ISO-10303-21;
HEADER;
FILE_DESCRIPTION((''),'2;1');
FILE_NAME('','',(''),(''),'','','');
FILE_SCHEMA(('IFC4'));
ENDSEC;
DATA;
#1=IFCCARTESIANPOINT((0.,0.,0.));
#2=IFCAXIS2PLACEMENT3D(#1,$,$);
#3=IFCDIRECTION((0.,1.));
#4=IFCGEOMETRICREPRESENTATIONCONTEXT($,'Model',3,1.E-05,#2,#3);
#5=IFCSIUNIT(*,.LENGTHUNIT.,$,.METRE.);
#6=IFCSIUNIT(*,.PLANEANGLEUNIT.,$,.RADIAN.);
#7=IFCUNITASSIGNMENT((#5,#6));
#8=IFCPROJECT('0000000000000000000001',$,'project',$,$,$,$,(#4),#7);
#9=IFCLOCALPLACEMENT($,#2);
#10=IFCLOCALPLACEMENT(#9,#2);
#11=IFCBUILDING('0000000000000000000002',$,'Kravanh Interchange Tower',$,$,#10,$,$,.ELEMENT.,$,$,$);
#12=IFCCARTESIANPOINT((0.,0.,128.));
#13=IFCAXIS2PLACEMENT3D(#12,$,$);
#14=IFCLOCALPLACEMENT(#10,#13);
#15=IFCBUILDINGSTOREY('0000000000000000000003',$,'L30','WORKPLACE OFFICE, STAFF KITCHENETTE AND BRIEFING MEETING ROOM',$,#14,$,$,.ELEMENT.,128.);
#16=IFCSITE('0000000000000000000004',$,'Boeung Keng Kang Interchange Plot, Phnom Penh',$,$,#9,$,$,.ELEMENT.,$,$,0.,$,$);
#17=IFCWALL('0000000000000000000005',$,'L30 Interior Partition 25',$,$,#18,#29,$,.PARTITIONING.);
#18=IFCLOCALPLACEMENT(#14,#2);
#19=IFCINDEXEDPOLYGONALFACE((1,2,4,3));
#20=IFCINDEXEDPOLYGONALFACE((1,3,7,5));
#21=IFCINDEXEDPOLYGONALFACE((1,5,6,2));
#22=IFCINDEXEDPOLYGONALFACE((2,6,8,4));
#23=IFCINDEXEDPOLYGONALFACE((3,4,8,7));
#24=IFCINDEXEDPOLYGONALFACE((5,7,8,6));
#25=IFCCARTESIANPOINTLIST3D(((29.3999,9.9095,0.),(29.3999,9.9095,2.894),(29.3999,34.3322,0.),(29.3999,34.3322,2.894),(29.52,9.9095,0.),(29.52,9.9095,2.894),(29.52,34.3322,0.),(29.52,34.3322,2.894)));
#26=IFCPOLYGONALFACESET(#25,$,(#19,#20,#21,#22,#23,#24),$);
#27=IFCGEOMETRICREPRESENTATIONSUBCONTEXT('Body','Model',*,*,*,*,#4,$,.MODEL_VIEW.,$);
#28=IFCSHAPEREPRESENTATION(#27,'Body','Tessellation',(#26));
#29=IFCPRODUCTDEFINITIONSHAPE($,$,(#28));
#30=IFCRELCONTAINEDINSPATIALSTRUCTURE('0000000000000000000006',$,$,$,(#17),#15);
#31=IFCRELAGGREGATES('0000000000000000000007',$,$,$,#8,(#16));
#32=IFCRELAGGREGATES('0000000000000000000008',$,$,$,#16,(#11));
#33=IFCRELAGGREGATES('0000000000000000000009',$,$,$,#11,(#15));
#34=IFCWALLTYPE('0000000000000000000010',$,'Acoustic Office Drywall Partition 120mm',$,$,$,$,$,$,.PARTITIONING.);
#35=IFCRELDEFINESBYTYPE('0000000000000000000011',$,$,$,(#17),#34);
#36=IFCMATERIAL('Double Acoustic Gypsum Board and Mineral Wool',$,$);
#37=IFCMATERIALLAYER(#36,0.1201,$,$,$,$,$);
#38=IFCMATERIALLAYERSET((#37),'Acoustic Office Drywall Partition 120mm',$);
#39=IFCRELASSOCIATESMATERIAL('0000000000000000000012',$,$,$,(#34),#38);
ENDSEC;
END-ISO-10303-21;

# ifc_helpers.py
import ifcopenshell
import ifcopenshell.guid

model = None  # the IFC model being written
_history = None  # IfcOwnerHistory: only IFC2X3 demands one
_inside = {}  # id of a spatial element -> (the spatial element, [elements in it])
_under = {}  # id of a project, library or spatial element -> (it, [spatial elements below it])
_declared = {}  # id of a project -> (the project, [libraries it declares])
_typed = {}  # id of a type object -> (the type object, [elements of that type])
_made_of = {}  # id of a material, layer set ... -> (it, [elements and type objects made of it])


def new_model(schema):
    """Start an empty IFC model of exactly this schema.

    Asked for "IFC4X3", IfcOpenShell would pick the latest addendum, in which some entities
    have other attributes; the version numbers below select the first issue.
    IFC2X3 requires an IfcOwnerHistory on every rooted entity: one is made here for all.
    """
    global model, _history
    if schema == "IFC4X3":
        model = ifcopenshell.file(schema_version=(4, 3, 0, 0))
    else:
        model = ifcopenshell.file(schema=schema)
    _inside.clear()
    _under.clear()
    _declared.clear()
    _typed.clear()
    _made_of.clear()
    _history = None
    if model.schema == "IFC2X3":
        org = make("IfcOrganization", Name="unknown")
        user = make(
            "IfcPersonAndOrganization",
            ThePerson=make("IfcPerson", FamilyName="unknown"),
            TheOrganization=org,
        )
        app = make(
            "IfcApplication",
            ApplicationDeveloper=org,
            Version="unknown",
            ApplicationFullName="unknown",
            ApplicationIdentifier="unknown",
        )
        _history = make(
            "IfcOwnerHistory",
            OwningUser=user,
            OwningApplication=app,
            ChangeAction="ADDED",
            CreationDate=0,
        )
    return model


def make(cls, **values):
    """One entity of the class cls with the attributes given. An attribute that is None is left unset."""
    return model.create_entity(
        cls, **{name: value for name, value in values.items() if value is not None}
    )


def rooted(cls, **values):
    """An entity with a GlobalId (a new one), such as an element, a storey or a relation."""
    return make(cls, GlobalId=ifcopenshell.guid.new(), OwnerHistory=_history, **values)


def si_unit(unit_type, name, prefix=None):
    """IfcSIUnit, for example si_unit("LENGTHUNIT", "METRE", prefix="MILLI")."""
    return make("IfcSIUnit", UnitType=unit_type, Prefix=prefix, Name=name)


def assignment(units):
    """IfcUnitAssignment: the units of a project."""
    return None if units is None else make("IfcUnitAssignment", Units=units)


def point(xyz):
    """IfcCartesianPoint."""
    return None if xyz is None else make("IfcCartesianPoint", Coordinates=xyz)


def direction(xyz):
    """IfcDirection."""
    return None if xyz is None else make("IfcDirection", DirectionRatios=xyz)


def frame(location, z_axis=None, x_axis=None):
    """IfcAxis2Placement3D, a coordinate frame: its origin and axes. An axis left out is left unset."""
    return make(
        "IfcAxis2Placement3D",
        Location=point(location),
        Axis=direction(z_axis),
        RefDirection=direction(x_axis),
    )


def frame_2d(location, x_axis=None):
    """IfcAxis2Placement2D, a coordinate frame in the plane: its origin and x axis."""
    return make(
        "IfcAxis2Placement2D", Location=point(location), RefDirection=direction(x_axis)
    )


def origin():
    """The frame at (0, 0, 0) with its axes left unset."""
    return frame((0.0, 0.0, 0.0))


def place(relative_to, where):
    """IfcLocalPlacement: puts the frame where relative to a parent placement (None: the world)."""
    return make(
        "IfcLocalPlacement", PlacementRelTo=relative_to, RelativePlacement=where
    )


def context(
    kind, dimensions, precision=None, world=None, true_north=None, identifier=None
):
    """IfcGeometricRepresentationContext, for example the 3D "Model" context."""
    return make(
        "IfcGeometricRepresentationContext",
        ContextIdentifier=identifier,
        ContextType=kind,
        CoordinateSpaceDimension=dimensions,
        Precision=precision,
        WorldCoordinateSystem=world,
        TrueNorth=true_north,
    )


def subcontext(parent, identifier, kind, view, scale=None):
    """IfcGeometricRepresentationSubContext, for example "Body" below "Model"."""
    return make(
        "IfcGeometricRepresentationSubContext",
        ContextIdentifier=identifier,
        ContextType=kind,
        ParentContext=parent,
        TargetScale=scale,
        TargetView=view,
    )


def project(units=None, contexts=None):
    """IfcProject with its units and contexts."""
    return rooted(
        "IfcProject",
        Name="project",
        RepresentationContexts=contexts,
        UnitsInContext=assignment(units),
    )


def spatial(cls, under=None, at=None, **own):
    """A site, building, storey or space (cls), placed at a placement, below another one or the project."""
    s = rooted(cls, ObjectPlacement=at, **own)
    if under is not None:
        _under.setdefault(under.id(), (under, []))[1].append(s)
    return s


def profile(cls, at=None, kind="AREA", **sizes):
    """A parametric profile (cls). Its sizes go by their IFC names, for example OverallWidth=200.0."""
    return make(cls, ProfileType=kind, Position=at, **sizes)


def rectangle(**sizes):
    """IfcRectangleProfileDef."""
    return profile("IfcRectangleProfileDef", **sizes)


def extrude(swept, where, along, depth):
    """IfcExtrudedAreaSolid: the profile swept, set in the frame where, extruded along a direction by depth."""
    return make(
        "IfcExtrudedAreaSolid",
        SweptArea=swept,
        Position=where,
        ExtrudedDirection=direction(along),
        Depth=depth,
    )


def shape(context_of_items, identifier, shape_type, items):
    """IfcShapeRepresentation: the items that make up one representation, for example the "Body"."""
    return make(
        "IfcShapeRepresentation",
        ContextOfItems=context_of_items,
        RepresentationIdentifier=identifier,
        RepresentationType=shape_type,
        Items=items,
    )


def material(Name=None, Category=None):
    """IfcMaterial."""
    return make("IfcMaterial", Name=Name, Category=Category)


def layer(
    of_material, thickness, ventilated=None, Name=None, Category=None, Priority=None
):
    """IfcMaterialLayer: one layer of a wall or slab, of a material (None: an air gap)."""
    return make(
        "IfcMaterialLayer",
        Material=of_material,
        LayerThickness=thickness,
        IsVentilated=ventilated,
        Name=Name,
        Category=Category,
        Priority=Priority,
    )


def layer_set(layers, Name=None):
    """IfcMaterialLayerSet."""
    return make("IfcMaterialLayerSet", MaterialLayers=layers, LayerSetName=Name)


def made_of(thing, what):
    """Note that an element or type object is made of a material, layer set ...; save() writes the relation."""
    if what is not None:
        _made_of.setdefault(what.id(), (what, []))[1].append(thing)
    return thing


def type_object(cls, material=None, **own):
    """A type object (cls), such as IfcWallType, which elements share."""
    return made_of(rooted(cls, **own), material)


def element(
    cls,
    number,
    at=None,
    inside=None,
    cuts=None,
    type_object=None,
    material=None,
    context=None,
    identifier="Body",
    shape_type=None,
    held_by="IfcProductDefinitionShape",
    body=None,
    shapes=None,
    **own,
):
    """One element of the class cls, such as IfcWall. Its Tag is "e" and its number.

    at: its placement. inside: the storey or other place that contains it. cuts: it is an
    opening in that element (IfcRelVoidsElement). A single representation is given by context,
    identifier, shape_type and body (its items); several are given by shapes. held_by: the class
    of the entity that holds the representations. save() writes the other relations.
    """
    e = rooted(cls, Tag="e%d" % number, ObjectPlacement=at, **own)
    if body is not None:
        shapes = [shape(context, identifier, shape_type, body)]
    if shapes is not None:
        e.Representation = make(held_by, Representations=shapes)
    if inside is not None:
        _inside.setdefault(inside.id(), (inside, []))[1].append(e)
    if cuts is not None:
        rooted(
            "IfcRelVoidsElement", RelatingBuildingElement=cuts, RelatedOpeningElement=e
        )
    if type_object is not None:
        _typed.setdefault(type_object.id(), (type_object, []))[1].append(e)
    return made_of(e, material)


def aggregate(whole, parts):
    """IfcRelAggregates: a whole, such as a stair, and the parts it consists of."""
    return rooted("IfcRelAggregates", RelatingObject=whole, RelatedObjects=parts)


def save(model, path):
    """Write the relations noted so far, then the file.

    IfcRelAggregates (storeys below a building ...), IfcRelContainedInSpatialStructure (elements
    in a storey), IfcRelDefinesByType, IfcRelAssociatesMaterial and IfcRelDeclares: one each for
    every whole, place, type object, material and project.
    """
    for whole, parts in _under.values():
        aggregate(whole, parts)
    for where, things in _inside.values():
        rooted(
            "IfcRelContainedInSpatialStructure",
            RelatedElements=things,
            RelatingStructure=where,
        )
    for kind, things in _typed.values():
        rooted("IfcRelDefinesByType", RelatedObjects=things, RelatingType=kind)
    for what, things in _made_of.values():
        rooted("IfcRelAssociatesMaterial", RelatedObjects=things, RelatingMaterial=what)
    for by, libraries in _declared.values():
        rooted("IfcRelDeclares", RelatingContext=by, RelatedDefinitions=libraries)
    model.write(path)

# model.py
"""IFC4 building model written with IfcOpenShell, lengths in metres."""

from ifc_helpers import new_model, si_unit, direction, frame, frame_2d, origin, place, context, subcontext, project, spatial, rectangle, extrude, material, layer, layer_set, type_object, element, save


model = new_model("IFC4")

# Units and contexts
model_context = context("Model", 3, precision=1e-05, world=origin(), true_north=direction((0.0, 1.0)))
body_context = subcontext(model_context, "Body", "Model", "MODEL_VIEW")
ifc_project = project(units=[si_unit("LENGTHUNIT", "METRE"), si_unit("PLANEANGLEUNIT", "RADIAN")], contexts=[model_context])

# Site, building, storey
site_placement = place(None, origin())
site = spatial("IfcSite", under=ifc_project, at=site_placement, Name="Boeung Keng Kang Interchange Plot, Phnom Penh", CompositionType="ELEMENT", RefElevation=0.0)
building_placement = place(site_placement, origin())
building = spatial("IfcBuilding", under=site, at=building_placement, Name="Kravanh Interchange Tower", CompositionType="ELEMENT")
storey_placement = place(building_placement, frame((0.0, 0.0, 128.0)))
storey = spatial("IfcBuildingStorey", under=building, at=storey_placement, Name="L30", Description="WORKPLACE OFFICE, STAFF KITCHENETTE AND BRIEFING MEETING ROOM", CompositionType="ELEMENT", Elevation=128.0)

# Wall
ifc_material_1 = material(Name="Double Acoustic Gypsum Board and Mineral Wool")
ifc_layer_1 = layer(ifc_material_1, 0.1201)
ifc_layer_set_1 = layer_set([ifc_layer_1], Name="Acoustic Office Drywall Partition 120mm")
wall_type = type_object("IfcWallType", Name="Acoustic Office Drywall Partition 120mm", PredefinedType="PARTITIONING", material=ifc_layer_set_1)
wall_1_placement = place(storey_placement, frame((29.46, 9.9094, 0.0), z_axis=(0.0, 0.0, 1.0), x_axis=(0.0, 1.0, 0.0)))
element("IfcWall", 1, at=wall_1_placement, inside=storey, type_object=wall_type, Name="L30 Interior Partition 25", PredefinedType="PARTITIONING", context=body_context, shape_type="SweptSolid", body=[
    extrude(rectangle(XDim=24.4226, YDim=0.1201, at=frame_2d((12.2114, 0.0))), origin(), (0.0, 0.0, 1.0), 2.894),
])

save(model, "model.ifc")
